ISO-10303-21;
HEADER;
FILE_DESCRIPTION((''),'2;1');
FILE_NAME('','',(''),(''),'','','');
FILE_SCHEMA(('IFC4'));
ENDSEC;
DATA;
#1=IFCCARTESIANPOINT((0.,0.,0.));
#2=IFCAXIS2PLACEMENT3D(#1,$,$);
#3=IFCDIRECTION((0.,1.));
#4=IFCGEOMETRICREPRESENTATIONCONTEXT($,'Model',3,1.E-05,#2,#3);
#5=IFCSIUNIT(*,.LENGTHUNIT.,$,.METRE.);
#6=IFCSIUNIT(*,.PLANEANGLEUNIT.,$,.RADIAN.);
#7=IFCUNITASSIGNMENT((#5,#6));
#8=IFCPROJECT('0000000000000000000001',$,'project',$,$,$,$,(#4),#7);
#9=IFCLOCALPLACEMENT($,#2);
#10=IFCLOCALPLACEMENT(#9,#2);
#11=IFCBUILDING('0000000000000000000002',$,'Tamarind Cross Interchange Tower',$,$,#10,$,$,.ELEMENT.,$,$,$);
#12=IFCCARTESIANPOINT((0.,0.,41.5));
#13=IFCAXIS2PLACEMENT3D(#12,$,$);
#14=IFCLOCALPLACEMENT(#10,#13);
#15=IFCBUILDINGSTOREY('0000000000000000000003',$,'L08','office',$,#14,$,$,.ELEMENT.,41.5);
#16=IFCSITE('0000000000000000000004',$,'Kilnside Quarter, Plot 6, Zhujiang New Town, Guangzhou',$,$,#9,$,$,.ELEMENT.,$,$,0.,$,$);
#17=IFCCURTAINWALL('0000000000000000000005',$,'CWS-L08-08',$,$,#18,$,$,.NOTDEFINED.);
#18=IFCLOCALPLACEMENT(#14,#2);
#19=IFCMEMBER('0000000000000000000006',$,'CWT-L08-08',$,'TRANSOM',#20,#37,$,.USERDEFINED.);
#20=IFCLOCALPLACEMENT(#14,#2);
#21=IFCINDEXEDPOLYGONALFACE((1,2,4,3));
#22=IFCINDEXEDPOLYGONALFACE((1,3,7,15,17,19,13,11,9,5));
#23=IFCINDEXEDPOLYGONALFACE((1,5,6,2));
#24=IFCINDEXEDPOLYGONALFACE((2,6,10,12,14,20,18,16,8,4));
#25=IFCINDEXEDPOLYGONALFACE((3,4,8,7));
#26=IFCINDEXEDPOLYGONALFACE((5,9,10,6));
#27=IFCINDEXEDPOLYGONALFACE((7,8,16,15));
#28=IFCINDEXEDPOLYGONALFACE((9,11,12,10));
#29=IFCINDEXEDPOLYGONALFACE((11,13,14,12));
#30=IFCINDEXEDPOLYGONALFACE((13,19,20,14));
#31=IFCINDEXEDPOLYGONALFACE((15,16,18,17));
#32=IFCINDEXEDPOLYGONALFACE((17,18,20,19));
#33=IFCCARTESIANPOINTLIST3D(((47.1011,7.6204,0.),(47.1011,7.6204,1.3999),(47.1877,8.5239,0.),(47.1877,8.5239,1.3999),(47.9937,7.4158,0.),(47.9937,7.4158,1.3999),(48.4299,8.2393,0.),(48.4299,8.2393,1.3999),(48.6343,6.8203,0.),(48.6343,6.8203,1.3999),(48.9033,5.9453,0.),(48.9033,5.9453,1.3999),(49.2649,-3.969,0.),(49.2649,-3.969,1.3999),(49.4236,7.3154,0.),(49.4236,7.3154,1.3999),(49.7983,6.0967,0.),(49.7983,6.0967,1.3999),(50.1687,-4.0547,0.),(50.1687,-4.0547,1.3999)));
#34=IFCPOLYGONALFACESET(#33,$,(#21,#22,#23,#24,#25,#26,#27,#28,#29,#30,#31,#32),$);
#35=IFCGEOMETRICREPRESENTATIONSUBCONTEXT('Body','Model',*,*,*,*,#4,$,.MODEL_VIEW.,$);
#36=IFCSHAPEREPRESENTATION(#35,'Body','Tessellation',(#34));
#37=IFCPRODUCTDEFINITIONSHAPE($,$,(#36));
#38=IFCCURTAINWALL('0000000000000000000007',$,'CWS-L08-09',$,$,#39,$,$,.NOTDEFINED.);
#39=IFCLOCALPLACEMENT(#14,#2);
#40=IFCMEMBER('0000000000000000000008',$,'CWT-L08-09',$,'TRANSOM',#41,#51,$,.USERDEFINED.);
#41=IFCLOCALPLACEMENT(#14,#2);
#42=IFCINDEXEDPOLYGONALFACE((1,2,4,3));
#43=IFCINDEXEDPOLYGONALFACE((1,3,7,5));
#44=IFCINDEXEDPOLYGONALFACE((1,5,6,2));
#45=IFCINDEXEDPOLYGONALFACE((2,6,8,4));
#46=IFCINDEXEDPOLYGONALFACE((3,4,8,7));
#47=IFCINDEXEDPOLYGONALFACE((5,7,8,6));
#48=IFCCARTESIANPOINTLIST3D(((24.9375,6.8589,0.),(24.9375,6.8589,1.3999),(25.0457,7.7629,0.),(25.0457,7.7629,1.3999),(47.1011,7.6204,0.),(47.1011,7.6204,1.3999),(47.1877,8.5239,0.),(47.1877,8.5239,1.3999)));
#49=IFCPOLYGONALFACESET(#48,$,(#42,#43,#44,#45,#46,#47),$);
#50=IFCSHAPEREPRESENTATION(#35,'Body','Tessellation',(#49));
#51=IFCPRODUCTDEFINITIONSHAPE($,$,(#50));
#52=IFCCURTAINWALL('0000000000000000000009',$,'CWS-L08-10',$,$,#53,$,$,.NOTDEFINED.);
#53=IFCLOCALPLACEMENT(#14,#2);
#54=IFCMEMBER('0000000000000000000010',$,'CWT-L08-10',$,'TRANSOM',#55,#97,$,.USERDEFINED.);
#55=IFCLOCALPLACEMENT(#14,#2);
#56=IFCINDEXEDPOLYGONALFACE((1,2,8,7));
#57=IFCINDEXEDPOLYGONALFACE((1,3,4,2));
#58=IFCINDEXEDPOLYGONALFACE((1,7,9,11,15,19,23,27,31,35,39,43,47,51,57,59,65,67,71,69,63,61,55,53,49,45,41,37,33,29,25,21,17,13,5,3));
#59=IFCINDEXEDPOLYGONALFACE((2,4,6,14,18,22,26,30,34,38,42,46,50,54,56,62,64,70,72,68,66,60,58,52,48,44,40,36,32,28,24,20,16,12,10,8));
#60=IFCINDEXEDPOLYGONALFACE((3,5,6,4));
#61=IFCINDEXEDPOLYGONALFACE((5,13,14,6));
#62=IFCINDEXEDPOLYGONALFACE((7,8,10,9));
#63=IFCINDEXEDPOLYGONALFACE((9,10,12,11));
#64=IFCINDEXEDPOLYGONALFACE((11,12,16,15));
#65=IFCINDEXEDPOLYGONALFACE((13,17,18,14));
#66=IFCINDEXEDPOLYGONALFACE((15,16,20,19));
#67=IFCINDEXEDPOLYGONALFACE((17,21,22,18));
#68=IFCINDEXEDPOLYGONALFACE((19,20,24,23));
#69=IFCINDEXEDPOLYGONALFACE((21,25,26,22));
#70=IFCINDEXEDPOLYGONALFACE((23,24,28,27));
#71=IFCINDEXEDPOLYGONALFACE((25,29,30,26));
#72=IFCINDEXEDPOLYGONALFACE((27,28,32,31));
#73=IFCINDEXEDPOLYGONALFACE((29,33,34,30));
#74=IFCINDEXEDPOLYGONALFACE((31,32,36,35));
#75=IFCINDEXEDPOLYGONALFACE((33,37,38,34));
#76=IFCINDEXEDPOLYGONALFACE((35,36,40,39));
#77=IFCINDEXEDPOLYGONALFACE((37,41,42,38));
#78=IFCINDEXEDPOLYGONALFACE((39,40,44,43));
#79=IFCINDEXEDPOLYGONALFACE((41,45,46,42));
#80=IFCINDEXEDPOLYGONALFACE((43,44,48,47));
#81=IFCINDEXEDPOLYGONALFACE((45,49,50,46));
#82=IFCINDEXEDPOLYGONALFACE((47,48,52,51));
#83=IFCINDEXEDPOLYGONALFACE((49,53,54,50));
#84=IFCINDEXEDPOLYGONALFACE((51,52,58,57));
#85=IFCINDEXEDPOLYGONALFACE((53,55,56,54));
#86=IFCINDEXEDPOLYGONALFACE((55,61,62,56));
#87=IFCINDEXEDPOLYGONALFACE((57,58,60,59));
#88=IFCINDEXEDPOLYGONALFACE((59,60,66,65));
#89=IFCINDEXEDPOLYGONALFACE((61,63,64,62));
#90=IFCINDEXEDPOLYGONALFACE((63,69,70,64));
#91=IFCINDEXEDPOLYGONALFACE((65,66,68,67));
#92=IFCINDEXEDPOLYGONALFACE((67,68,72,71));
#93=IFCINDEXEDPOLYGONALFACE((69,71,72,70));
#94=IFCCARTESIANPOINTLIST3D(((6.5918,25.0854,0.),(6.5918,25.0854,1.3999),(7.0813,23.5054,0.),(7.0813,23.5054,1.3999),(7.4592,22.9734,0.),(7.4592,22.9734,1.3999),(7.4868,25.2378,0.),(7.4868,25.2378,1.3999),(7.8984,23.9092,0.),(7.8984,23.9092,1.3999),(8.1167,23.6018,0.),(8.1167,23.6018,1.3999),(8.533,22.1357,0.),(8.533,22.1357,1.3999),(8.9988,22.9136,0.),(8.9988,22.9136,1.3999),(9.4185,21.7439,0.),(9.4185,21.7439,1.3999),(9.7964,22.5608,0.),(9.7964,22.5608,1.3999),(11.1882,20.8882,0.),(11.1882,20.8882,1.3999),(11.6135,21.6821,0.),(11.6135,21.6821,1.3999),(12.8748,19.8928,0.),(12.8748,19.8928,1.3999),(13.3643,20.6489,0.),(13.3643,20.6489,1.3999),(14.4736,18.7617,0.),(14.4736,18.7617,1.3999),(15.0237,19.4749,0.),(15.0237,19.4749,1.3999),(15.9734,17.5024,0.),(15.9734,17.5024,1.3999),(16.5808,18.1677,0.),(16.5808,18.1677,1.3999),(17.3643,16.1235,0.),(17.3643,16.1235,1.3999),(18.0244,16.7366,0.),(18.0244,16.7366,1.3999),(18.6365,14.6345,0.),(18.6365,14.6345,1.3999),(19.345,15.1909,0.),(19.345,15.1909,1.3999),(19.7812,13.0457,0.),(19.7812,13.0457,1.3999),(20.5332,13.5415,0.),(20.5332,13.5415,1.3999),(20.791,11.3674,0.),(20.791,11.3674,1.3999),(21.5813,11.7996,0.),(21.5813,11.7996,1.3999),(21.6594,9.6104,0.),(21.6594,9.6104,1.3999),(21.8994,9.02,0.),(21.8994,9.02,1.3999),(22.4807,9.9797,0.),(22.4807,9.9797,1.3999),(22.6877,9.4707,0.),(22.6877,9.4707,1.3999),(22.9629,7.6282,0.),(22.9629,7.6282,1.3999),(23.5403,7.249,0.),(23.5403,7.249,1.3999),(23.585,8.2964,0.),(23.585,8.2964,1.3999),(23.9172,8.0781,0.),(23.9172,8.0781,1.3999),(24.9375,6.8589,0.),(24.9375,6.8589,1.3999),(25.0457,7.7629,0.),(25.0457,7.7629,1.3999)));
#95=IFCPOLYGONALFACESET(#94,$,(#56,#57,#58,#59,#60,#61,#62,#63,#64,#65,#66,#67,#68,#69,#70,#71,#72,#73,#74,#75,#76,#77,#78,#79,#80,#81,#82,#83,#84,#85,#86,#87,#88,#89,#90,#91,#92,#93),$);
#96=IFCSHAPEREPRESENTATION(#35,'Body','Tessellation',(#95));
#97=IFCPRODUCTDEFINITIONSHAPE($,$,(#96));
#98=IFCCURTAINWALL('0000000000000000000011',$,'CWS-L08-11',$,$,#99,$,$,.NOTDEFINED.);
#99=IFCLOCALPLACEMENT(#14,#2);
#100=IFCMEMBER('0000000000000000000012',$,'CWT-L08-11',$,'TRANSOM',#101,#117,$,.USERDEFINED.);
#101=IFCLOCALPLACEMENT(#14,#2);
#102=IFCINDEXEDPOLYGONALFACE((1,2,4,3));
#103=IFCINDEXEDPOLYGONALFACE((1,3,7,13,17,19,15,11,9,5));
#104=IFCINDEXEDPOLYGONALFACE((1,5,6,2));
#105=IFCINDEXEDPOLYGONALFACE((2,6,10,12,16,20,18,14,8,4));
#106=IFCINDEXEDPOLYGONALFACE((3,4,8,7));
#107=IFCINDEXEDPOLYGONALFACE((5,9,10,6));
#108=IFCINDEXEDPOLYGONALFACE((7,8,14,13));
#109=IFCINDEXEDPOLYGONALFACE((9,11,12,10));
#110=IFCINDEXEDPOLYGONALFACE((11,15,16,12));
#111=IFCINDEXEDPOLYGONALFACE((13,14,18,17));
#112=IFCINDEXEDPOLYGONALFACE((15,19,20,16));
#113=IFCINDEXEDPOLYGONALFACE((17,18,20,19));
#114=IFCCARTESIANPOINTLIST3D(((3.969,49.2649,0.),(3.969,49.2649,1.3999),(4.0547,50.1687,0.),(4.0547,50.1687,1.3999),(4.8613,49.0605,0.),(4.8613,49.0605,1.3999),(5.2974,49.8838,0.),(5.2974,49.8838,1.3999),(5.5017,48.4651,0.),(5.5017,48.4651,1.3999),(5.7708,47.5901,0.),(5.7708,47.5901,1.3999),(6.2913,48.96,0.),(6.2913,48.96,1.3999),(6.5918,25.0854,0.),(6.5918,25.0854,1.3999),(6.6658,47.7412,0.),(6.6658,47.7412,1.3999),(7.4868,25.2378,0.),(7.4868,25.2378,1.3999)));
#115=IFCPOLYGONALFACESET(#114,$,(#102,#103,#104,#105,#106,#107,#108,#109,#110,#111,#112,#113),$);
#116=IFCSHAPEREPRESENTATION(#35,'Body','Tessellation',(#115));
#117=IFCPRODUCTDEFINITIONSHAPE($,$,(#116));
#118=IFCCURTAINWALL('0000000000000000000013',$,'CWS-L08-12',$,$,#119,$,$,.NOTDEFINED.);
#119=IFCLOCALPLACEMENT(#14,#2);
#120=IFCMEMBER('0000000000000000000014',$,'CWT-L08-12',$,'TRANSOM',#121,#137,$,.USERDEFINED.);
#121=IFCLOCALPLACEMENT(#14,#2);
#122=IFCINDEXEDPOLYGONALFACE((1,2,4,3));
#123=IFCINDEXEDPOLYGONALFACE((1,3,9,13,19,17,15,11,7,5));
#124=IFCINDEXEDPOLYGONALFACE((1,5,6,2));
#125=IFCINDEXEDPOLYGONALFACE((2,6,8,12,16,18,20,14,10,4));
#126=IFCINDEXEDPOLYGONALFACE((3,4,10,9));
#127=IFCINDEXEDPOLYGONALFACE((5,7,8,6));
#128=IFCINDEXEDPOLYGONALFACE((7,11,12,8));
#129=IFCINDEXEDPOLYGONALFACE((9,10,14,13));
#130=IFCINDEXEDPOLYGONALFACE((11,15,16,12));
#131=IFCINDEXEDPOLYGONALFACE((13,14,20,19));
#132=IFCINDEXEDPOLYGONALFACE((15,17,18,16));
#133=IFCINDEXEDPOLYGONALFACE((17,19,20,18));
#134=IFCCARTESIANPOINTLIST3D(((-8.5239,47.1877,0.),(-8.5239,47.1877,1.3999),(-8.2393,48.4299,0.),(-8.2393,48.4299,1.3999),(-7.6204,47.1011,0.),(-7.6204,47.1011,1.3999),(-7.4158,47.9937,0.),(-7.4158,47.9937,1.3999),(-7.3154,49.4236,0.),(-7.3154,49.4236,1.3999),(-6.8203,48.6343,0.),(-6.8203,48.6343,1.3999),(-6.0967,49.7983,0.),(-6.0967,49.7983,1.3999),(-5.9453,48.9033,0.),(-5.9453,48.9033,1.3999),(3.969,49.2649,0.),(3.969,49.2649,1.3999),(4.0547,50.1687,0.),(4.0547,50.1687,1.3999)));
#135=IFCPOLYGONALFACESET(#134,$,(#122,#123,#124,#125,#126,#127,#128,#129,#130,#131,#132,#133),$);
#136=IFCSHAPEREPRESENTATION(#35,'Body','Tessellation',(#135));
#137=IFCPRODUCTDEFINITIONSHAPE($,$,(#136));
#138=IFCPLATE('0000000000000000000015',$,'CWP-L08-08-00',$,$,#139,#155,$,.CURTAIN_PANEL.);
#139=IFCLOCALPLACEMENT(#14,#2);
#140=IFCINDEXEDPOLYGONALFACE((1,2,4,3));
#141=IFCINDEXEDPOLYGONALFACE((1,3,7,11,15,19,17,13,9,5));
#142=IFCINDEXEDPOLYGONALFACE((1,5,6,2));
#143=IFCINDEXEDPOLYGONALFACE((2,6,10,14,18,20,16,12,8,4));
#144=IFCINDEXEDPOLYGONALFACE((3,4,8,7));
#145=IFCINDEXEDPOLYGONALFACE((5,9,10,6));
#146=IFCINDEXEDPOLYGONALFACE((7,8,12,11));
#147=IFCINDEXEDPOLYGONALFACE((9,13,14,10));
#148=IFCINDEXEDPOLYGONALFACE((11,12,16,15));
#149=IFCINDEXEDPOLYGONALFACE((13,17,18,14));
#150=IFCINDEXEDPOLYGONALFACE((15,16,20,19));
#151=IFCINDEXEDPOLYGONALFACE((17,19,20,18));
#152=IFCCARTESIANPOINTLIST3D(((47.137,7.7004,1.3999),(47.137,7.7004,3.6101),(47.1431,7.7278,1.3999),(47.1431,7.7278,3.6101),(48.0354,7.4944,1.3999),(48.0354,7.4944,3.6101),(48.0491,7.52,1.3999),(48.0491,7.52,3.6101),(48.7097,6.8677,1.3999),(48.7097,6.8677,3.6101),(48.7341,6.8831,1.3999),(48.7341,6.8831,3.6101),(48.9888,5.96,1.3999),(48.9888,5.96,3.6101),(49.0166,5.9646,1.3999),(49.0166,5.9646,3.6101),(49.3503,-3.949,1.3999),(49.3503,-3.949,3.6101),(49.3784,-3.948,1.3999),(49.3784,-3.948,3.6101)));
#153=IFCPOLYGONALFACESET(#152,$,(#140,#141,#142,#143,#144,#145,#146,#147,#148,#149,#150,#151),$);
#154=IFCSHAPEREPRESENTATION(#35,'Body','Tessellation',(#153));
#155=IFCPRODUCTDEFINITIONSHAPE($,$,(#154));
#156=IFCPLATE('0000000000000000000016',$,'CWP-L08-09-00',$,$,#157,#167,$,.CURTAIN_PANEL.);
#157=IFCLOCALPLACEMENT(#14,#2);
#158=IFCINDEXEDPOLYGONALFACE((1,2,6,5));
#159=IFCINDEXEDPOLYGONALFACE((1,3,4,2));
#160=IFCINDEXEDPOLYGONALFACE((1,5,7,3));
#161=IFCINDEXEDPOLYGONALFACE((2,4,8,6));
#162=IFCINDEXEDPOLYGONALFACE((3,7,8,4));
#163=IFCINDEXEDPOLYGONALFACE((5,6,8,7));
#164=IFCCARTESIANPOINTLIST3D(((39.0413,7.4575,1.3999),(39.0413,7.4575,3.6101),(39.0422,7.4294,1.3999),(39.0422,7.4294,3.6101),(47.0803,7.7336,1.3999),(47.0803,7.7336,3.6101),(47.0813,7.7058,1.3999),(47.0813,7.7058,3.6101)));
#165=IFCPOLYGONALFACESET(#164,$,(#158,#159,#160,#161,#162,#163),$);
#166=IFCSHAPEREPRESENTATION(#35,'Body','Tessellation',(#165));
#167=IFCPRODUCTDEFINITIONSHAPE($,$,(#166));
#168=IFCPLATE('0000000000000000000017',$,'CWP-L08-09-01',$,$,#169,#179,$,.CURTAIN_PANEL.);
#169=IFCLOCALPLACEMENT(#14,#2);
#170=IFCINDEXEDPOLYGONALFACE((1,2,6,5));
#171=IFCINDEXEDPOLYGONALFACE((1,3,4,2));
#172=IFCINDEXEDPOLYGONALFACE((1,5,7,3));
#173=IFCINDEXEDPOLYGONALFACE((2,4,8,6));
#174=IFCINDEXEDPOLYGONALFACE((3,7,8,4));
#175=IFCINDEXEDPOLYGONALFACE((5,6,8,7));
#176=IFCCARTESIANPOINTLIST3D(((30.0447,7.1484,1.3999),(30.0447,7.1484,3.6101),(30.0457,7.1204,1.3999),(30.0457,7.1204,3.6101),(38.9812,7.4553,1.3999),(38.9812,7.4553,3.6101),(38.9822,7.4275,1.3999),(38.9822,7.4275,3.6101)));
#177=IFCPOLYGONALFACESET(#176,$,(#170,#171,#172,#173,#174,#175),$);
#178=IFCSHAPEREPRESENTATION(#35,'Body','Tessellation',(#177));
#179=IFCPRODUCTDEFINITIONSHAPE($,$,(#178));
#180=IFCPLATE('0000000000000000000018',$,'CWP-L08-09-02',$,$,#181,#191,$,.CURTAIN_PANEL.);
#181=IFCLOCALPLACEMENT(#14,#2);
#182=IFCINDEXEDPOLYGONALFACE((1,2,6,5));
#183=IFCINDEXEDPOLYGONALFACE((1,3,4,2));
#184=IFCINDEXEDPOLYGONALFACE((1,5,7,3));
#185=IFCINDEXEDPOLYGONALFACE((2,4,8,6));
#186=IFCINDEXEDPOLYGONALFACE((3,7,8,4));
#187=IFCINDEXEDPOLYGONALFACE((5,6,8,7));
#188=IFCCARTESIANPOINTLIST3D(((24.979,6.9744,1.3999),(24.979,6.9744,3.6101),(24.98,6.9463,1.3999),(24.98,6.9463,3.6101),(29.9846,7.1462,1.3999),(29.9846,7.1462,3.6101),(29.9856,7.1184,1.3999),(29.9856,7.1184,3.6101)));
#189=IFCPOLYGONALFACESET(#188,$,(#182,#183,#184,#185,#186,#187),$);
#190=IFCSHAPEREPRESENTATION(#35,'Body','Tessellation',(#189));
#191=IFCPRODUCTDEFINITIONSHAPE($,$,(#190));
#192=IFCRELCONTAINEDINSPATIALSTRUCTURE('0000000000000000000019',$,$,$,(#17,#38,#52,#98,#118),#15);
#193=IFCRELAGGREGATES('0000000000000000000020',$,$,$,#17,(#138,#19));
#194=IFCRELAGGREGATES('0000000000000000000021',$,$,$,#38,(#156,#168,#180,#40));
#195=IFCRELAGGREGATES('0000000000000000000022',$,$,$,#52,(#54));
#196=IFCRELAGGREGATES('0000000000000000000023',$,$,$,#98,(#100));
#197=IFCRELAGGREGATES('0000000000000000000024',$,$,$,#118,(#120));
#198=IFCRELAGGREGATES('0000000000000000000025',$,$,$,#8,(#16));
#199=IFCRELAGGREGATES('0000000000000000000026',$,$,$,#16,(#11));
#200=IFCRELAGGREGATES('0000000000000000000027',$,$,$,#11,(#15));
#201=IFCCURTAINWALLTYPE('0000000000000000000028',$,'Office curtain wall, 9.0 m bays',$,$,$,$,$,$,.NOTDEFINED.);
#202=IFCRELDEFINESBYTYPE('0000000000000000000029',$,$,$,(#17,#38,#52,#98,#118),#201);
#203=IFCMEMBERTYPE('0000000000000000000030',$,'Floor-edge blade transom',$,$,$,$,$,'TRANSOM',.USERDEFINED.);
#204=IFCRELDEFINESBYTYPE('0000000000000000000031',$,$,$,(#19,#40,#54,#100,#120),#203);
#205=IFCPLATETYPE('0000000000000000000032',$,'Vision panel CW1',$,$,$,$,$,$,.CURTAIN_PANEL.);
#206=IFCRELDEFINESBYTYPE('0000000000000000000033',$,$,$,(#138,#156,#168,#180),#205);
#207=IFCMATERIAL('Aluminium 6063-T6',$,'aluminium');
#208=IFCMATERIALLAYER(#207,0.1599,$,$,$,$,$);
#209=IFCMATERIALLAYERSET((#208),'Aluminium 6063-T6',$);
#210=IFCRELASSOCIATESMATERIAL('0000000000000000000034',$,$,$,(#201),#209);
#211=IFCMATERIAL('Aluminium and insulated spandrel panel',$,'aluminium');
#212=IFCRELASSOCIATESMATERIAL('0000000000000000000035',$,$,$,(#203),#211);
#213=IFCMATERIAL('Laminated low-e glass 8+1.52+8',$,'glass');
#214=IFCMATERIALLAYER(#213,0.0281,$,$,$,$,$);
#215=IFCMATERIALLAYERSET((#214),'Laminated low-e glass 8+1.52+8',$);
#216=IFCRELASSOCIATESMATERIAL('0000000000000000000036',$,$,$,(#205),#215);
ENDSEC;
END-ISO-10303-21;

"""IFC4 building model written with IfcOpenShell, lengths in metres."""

from ifc_helpers import new_model, si_unit, direction, frame, origin, place, context, subcontext, project, spatial, polyline, outline, extrude, material, layer, layer_set, type_object, element, aggregate, save


model = new_model("IFC4")

# Units and contexts
model_context = context("Model", 3, precision=1e-05, world=origin(), true_north=direction((0.0, 1.0)))
body_context = subcontext(model_context, "Body", "Model", "MODEL_VIEW")
ifc_project = project(units=[si_unit("LENGTHUNIT", "METRE"), si_unit("PLANEANGLEUNIT", "RADIAN")], contexts=[model_context])

# Site, building, storey
site_placement = place(None, origin())
site = spatial("IfcSite", under=ifc_project, at=site_placement, Name="Kilnside Quarter, Plot 6, Zhujiang New Town, Guangzhou", CompositionType="ELEMENT", RefElevation=0.0)
building_placement = place(site_placement, origin())
building = spatial("IfcBuilding", under=site, at=building_placement, Name="Tamarind Cross Interchange Tower", CompositionType="ELEMENT")
storey_placement = place(building_placement, frame((0.0, 0.0, 41.5)))
storey = spatial("IfcBuildingStorey", under=building, at=storey_placement, Name="L08", Description="office", CompositionType="ELEMENT", Elevation=41.5)

# Curtain walls, members
ifc_material_1 = material(Name="Aluminium 6063-T6", Category="aluminium")
ifc_layer_1 = layer(ifc_material_1, 0.1599)
ifc_layer_set_1 = layer_set([ifc_layer_1], Name="Aluminium 6063-T6")
curtain_wall_type = type_object("IfcCurtainWallType", Name="Office curtain wall, 9.0 m bays", PredefinedType="NOTDEFINED", material=ifc_layer_set_1)
curtain_wall_1_placement = place(storey_placement, origin())
curtain_wall_1 = element("IfcCurtainWall", 1, at=curtain_wall_1_placement, inside=storey, type_object=curtain_wall_type, Name="CWS-L08-08", PredefinedType="NOTDEFINED")
ifc_material_2 = material(Name="Aluminium and insulated spandrel panel", Category="aluminium")
member_type = type_object("IfcMemberType", Name="Floor-edge blade transom", ElementType="TRANSOM", PredefinedType="USERDEFINED", material=ifc_material_2)
member_1_placement = place(storey_placement, origin())
member_1 = element("IfcMember", 2, at=member_1_placement, type_object=member_type, Name="CWT-L08-08", ObjectType="TRANSOM", PredefinedType="USERDEFINED", context=body_context, shape_type="SweptSolid", body=[
    extrude(outline(polyline([(49.2649, -3.969), (48.9033, 5.9453), (48.6343, 6.8203), (47.9937, 7.4158), (47.1011, 7.6204), (47.1877, 8.5239), (48.4299, 8.2393), (49.4236, 7.3154), (49.7983, 6.0967), (50.1687, -4.0547), (49.2649, -3.969)])), origin(), (0.0, 0.0, 1.0), 1.3999),
])
curtain_wall_2_placement = place(storey_placement, origin())
curtain_wall_2 = element("IfcCurtainWall", 3, at=curtain_wall_2_placement, inside=storey, type_object=curtain_wall_type, Name="CWS-L08-09", PredefinedType="NOTDEFINED")
member_2_placement = place(storey_placement, origin())
member_2 = element("IfcMember", 4, at=member_2_placement, type_object=member_type, Name="CWT-L08-09", ObjectType="TRANSOM", PredefinedType="USERDEFINED", context=body_context, shape_type="SweptSolid", body=[
    extrude(outline(polyline([(47.1011, 7.6204), (24.9375, 6.8589), (25.0457, 7.7629), (47.1877, 8.5239), (47.1011, 7.6204)])), origin(), (0.0, 0.0, 1.0), 1.3999),
])
curtain_wall_3_placement = place(storey_placement, origin())
curtain_wall_3 = element("IfcCurtainWall", 5, at=curtain_wall_3_placement, inside=storey, type_object=curtain_wall_type, Name="CWS-L08-10", PredefinedType="NOTDEFINED")
member_3_placement = place(storey_placement, origin())
member_3 = element("IfcMember", 6, at=member_3_placement, type_object=member_type, Name="CWT-L08-10", ObjectType="TRANSOM", PredefinedType="USERDEFINED", context=body_context, shape_type="SweptSolid", body=[
    extrude(outline(polyline([(24.9375, 6.8589), (23.5403, 7.249), (22.9629, 7.6282), (21.8994, 9.02), (21.6594, 9.6104), (20.791, 11.3674), (19.7812, 13.0457), (18.6365, 14.6345), (17.3643, 16.1235), (15.9734, 17.5024), (14.4736, 18.7617), (12.8748, 19.8928), (11.1882, 20.8882), (9.4185, 21.7439), (8.533, 22.1357), (7.4592, 22.9734), (7.0813, 23.5054), (6.5918, 25.0854), (7.4868, 25.2378), (7.8984, 23.9092), (8.1167, 23.6018), (8.9988, 22.9136), (9.7964, 22.5608), (11.6135, 21.6821), (13.3643, 20.6489), (15.0237, 19.4749), (16.5808, 18.1677), (18.0244, 16.7366), (19.345, 15.1909), (20.5332, 13.5415), (21.5813, 11.7996), (22.4807, 9.9797), (22.6877, 9.4707), (23.585, 8.2964), (23.9172, 8.0781), (25.0457, 7.7629), (24.9375, 6.8589)])), origin(), (0.0, 0.0, 1.0), 1.3999),
])
curtain_wall_4_placement = place(storey_placement, origin())
curtain_wall_4 = element("IfcCurtainWall", 7, at=curtain_wall_4_placement, inside=storey, type_object=curtain_wall_type, Name="CWS-L08-11", PredefinedType="NOTDEFINED")
member_4_placement = place(storey_placement, origin())
member_4 = element("IfcMember", 8, at=member_4_placement, type_object=member_type, Name="CWT-L08-11", ObjectType="TRANSOM", PredefinedType="USERDEFINED", context=body_context, shape_type="SweptSolid", body=[
    extrude(outline(polyline([(6.5918, 25.0854), (5.7708, 47.5901), (5.5017, 48.4651), (4.8613, 49.0605), (3.969, 49.2649), (4.0547, 50.1687), (5.2974, 49.8838), (6.2913, 48.96), (6.6658, 47.7412), (7.4868, 25.2378), (6.5918, 25.0854)])), origin(), (0.0, 0.0, 1.0), 1.3999),
])
curtain_wall_5_placement = place(storey_placement, origin())
curtain_wall_5 = element("IfcCurtainWall", 9, at=curtain_wall_5_placement, inside=storey, type_object=curtain_wall_type, Name="CWS-L08-12", PredefinedType="NOTDEFINED")
member_5_placement = place(storey_placement, origin())
member_5 = element("IfcMember", 10, at=member_5_placement, type_object=member_type, Name="CWT-L08-12", ObjectType="TRANSOM", PredefinedType="USERDEFINED", context=body_context, shape_type="SweptSolid", body=[
    extrude(outline(polyline([(3.969, 49.2649), (-5.9453, 48.9033), (-6.8203, 48.6343), (-7.4158, 47.9937), (-7.6204, 47.1011), (-8.5239, 47.1877), (-8.2393, 48.4299), (-7.3154, 49.4236), (-6.0967, 49.7983), (4.0547, 50.1687), (3.969, 49.2649)])), origin(), (0.0, 0.0, 1.0), 1.3999),
])

# Plates
ifc_material_3 = material(Name="Laminated low-e glass 8+1.52+8", Category="glass")
ifc_layer_2 = layer(ifc_material_3, 0.0281)
ifc_layer_set_2 = layer_set([ifc_layer_2], Name="Laminated low-e glass 8+1.52+8")
plate_type = type_object("IfcPlateType", Name="Vision panel CW1", PredefinedType="CURTAIN_PANEL", material=ifc_layer_set_2)
plate_1_placement = place(storey_placement, frame((0.0, 0.0, 1.3999)))
plate_1 = element("IfcPlate", 11, at=plate_1_placement, type_object=plate_type, Name="CWP-L08-08-00", PredefinedType="CURTAIN_PANEL", context=body_context, shape_type="SweptSolid", body=[
    extrude(outline(polyline([(49.3503, -3.949), (48.9888, 5.96), (48.7097, 6.8677), (48.0354, 7.4944), (47.137, 7.7004), (47.1431, 7.7278), (48.0491, 7.52), (48.7341, 6.8831), (49.0166, 5.9646), (49.3784, -3.948), (49.3503, -3.949)])), origin(), (0.0, 0.0, 1.0), 2.2102),
])
aggregate(curtain_wall_1, [plate_1, member_1])
plate_2_placement = place(storey_placement, frame((0.0, 0.0, 1.3999)))
plate_2 = element("IfcPlate", 12, at=plate_2_placement, type_object=plate_type, Name="CWP-L08-09-00", PredefinedType="CURTAIN_PANEL", context=body_context, shape_type="SweptSolid", body=[
    extrude(outline(polyline([(47.0813, 7.7058), (39.0422, 7.4294), (39.0413, 7.4575), (47.0803, 7.7336), (47.0813, 7.7058)])), origin(), (0.0, 0.0, 1.0), 2.2102),
])
plate_3_placement = place(storey_placement, frame((0.0, 0.0, 1.3999)))
plate_3 = element("IfcPlate", 13, at=plate_3_placement, type_object=plate_type, Name="CWP-L08-09-01", PredefinedType="CURTAIN_PANEL", context=body_context, shape_type="SweptSolid", body=[
    extrude(outline(polyline([(38.9822, 7.4275), (30.0457, 7.1204), (30.0447, 7.1484), (38.9812, 7.4553), (38.9822, 7.4275)])), origin(), (0.0, 0.0, 1.0), 2.2102),
])
plate_4_placement = place(storey_placement, frame((0.0, 0.0, 1.3999)))
plate_4 = element("IfcPlate", 14, at=plate_4_placement, type_object=plate_type, Name="CWP-L08-09-02", PredefinedType="CURTAIN_PANEL", context=body_context, shape_type="SweptSolid", body=[
    extrude(outline(polyline([(29.9856, 7.1184), (24.98, 6.9463), (24.979, 6.9744), (29.9846, 7.1462), (29.9856, 7.1184)])), origin(), (0.0, 0.0, 1.0), 2.2102),
])
aggregate(curtain_wall_2, [plate_2, plate_3, plate_4, member_2])
aggregate(curtain_wall_3, [member_3])
aggregate(curtain_wall_4, [member_4])
aggregate(curtain_wall_5, [member_5])

save(model, "model.ifc")
